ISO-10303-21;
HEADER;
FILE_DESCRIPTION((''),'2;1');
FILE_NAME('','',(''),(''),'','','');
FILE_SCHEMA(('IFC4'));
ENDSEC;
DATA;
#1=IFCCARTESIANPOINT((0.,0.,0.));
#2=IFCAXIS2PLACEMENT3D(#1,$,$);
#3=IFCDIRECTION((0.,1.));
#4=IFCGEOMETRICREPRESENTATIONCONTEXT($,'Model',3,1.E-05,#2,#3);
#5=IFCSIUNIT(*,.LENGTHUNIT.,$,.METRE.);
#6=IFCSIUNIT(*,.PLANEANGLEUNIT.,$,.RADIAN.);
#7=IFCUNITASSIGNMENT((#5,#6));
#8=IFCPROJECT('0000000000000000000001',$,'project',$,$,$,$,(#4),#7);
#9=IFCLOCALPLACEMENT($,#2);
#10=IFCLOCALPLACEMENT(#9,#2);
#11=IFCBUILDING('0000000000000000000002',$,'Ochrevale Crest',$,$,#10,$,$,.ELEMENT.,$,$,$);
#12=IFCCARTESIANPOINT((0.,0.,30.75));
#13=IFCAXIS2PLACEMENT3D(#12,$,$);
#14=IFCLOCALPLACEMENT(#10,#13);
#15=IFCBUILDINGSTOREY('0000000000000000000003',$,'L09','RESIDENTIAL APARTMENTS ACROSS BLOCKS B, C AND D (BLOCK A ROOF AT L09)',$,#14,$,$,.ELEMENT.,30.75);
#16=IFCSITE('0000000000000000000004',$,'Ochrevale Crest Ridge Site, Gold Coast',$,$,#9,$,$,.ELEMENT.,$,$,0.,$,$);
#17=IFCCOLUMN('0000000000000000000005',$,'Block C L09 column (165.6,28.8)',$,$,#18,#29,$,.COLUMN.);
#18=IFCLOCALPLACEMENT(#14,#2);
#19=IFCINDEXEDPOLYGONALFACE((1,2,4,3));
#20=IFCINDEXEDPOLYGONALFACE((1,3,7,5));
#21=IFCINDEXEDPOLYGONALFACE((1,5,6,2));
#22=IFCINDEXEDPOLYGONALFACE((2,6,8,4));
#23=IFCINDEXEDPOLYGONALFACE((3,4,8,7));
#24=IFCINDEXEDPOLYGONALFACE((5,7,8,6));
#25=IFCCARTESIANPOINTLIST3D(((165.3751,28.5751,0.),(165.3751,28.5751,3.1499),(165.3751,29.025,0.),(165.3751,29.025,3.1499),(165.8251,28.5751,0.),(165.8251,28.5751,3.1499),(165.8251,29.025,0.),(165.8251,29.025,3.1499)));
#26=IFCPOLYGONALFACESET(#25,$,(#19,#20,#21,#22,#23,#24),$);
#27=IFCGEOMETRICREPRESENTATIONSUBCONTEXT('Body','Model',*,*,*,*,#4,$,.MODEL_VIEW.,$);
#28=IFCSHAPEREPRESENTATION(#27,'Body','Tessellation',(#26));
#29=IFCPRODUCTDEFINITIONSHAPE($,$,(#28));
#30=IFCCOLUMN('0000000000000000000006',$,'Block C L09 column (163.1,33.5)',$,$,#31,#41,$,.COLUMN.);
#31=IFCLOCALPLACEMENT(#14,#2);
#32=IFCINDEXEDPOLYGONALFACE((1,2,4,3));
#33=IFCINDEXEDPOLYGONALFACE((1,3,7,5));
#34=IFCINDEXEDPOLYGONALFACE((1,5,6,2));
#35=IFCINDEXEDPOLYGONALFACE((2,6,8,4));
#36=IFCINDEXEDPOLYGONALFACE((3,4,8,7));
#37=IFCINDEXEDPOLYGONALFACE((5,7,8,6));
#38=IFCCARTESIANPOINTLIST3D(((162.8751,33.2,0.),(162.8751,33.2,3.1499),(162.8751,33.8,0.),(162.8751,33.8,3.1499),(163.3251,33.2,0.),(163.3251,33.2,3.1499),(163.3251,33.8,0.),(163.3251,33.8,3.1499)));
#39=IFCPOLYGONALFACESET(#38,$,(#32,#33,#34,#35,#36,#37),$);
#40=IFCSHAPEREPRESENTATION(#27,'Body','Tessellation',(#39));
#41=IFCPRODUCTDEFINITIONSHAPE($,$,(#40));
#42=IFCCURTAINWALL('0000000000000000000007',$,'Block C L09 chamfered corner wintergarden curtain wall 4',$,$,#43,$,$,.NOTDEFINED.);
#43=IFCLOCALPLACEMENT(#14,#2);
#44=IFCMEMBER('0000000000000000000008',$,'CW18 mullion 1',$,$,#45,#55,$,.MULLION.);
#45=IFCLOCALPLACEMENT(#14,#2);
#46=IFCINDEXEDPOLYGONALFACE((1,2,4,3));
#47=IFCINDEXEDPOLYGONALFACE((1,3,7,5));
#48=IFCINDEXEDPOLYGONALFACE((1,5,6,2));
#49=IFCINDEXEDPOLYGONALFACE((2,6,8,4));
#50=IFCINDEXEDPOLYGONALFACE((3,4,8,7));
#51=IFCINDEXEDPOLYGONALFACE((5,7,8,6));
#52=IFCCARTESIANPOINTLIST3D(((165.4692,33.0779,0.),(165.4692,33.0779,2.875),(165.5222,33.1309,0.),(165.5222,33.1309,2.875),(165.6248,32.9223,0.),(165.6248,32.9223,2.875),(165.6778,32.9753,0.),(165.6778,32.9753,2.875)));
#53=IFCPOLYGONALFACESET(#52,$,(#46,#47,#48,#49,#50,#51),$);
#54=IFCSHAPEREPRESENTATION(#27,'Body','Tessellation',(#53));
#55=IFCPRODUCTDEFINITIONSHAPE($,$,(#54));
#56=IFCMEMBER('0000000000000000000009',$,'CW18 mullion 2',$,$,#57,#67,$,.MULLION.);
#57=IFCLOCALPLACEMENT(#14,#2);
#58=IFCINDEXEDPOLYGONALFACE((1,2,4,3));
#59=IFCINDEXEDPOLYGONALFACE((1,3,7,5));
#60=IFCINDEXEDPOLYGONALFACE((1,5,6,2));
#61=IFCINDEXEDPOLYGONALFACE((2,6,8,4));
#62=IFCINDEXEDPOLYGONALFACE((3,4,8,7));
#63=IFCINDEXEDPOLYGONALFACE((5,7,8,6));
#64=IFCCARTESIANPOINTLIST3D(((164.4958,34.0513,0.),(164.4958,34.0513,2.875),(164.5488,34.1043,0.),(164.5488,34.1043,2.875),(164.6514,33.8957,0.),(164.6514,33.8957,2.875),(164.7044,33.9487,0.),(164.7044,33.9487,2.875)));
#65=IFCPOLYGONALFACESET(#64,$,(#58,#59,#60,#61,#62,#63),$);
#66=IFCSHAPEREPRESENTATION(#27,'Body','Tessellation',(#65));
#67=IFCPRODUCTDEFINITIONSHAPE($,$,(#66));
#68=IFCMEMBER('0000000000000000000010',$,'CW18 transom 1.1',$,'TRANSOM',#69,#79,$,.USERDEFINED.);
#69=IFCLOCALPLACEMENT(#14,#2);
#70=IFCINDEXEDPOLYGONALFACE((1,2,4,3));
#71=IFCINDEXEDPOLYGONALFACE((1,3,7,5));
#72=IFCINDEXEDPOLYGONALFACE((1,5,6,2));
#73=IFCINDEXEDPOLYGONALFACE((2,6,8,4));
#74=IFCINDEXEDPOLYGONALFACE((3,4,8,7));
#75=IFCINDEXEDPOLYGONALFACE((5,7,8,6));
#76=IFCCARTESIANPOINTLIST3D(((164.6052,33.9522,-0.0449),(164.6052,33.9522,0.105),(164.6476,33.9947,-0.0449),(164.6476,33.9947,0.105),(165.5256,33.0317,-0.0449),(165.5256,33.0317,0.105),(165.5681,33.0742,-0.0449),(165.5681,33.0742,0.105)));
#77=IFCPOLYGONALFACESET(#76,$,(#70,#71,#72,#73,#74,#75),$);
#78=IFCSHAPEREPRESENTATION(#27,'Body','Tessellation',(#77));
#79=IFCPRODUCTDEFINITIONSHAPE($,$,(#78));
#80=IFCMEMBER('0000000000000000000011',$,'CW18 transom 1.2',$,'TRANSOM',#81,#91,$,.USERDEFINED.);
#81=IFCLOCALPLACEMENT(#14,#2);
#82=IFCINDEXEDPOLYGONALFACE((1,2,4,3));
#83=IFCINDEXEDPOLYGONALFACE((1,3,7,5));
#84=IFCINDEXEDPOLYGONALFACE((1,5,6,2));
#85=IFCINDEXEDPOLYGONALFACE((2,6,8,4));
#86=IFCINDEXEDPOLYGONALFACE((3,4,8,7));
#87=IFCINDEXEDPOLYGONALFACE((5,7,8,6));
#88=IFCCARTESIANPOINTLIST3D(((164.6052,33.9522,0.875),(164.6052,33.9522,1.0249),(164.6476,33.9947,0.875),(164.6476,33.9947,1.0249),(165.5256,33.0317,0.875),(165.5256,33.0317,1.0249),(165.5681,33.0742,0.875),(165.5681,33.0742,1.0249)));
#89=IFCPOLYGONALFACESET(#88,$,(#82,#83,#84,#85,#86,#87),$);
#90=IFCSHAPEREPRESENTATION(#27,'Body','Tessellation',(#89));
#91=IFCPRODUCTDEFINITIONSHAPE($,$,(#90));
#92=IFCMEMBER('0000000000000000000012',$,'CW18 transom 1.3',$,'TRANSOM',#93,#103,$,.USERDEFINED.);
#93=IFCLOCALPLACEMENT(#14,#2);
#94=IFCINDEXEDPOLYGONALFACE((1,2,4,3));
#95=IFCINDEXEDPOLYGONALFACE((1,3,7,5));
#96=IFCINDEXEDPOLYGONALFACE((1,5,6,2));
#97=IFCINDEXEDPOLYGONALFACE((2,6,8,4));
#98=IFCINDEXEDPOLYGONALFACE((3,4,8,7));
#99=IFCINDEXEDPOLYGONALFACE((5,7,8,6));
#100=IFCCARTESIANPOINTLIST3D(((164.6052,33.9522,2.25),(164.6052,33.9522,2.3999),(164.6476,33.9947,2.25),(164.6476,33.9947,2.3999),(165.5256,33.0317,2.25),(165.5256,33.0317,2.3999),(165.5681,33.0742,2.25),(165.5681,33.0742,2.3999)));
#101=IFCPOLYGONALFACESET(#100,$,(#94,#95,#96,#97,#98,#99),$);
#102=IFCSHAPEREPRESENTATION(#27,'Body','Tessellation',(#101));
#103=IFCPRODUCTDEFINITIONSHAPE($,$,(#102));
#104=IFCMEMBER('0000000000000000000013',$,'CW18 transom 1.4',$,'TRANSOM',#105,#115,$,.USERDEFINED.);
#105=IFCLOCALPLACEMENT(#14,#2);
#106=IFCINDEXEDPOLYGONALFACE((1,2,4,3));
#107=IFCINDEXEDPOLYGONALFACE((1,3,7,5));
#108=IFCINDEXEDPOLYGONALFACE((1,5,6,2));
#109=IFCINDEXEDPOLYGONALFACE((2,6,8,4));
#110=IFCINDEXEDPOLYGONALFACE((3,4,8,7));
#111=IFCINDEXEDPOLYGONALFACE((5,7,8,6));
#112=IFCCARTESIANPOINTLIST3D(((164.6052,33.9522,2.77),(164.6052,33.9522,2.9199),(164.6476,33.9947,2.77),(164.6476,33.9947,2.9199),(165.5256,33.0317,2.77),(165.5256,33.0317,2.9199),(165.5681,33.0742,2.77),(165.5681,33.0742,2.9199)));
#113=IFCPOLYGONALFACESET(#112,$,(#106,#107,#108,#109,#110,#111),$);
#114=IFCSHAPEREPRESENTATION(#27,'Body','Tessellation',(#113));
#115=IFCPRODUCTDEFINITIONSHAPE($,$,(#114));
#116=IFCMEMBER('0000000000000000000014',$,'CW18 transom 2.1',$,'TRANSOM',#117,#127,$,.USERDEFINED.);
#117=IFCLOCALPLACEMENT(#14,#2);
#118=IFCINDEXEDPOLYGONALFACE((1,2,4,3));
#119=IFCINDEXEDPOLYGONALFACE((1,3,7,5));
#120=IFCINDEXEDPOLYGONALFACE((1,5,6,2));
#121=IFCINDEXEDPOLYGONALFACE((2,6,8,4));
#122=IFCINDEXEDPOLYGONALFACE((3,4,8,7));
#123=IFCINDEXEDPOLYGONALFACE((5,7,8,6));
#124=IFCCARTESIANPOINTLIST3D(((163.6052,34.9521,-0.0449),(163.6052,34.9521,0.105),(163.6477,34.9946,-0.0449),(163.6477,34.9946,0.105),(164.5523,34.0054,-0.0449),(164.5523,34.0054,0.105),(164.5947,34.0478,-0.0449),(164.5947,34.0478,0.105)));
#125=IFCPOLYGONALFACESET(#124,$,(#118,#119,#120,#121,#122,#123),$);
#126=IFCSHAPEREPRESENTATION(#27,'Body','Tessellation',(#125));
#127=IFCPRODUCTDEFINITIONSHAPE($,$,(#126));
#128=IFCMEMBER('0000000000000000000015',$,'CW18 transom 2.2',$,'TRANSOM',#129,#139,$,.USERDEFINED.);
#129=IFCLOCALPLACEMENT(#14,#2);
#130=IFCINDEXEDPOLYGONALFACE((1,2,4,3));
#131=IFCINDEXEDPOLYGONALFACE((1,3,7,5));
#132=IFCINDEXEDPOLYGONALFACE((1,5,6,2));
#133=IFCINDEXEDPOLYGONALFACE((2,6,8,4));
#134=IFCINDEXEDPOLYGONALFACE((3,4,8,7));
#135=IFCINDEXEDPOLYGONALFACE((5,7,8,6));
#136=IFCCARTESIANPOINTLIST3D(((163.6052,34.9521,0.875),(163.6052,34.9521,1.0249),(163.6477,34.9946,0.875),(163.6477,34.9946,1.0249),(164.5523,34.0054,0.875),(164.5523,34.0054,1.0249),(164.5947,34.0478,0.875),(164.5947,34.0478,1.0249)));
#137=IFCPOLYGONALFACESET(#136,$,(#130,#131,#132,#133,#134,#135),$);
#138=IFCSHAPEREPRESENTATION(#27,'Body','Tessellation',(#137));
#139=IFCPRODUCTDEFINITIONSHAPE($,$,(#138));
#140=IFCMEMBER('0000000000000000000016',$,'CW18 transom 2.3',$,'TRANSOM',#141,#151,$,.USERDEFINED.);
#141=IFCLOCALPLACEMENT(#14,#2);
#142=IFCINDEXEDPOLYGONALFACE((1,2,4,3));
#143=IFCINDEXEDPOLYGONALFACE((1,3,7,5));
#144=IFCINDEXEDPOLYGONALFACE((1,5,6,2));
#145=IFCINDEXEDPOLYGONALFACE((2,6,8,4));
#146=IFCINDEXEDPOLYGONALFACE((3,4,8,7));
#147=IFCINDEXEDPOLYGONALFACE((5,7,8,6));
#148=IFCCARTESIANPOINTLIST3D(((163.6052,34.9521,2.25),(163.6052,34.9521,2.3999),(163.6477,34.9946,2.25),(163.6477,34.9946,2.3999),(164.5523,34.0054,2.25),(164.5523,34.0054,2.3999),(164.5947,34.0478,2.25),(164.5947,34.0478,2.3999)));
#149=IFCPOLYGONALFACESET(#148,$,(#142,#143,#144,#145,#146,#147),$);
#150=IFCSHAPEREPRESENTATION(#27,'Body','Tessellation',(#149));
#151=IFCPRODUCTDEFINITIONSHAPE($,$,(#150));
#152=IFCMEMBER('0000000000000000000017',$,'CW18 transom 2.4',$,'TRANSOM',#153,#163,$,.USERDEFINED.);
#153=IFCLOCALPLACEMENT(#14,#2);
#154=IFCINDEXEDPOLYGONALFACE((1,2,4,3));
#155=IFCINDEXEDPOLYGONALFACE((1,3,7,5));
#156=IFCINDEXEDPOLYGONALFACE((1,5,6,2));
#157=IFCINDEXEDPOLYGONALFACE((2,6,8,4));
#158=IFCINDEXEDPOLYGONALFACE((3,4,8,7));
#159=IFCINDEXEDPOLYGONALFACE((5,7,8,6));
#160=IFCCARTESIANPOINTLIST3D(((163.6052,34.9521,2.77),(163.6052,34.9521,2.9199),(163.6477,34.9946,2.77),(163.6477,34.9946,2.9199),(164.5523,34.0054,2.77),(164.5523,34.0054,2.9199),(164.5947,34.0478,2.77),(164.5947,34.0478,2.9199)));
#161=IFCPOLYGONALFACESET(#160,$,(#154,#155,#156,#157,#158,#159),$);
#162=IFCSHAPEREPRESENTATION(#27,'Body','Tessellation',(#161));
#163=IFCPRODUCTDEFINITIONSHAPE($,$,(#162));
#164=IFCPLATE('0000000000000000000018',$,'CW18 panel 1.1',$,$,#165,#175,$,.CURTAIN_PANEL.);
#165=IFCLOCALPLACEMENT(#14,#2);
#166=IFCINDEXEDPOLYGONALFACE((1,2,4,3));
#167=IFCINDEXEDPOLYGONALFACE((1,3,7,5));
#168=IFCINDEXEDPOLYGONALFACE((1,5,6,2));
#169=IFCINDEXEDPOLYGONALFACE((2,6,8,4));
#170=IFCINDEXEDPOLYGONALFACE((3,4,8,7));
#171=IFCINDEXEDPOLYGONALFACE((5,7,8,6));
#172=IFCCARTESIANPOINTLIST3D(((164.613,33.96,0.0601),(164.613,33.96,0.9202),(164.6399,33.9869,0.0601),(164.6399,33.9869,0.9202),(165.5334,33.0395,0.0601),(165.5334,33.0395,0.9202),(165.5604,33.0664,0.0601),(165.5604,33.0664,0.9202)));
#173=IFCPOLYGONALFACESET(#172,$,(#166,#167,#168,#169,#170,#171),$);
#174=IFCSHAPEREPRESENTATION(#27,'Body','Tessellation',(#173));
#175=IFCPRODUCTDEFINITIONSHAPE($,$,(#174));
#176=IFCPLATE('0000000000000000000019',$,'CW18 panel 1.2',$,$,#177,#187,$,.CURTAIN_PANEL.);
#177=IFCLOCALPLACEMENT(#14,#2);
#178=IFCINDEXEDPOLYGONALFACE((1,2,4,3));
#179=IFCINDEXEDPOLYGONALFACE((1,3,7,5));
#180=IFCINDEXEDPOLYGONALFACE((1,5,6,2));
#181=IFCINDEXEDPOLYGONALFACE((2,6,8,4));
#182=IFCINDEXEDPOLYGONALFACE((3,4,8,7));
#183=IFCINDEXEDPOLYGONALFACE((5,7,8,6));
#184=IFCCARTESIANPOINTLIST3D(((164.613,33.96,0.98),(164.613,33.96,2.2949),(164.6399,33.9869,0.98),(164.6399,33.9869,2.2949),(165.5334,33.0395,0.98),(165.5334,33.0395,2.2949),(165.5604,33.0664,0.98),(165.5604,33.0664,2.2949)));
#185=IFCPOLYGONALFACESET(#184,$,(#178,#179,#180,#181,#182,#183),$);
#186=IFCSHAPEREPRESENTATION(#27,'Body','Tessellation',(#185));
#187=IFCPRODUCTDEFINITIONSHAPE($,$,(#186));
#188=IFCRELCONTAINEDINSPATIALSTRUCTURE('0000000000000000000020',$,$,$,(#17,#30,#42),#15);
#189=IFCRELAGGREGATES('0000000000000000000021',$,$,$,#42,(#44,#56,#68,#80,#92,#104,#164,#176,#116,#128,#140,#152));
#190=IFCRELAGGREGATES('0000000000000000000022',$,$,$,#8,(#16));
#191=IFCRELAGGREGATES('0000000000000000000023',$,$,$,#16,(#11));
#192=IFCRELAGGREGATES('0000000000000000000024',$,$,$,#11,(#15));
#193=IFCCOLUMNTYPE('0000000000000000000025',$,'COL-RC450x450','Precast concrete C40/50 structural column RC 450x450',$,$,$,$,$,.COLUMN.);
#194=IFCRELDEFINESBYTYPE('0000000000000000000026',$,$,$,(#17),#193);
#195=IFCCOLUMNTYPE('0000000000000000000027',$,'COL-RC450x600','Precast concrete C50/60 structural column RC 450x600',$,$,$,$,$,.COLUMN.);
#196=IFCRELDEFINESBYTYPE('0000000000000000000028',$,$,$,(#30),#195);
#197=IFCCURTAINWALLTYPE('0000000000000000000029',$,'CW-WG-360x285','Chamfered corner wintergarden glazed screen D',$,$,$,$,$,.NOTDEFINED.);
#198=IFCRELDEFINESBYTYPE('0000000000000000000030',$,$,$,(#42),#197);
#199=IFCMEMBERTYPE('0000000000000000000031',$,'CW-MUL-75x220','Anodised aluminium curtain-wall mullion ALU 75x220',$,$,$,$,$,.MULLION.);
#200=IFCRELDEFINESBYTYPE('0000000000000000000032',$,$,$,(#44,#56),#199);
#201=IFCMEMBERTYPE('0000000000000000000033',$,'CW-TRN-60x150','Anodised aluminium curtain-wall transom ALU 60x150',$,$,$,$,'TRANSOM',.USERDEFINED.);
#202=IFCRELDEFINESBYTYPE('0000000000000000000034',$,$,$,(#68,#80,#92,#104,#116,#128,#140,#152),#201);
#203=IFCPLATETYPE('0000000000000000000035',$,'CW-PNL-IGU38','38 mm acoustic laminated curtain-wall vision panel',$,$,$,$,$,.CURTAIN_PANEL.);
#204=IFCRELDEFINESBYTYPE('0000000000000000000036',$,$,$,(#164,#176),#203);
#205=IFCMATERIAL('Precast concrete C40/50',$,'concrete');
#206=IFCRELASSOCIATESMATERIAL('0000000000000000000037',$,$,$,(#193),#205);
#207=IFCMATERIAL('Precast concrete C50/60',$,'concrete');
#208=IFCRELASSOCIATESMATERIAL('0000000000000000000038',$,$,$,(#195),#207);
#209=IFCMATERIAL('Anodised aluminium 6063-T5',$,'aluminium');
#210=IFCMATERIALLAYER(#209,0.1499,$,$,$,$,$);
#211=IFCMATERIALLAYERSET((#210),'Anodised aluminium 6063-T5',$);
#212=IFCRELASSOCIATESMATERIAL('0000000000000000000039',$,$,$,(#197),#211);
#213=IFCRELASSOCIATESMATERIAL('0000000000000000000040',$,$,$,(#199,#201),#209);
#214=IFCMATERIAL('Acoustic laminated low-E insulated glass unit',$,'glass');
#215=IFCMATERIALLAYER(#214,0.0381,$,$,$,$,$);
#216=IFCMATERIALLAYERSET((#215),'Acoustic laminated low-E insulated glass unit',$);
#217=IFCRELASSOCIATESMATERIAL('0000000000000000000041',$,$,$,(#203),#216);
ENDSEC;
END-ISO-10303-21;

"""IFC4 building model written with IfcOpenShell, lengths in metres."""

from ifc_helpers import new_model, si_unit, direction, frame, origin, origin_2d, place, context, subcontext, project, spatial, rectangle, extrude, material, layer, layer_set, material_profile, profile_set, type_object, element, aggregate, save


model = new_model("IFC4")

# Units and contexts
model_context = context("Model", 3, precision=1e-05, world=origin(), true_north=direction((0.0, 1.0)))
body_context = subcontext(model_context, "Body", "Model", "MODEL_VIEW")
ifc_project = project(units=[si_unit("LENGTHUNIT", "METRE"), si_unit("PLANEANGLEUNIT", "RADIAN")], contexts=[model_context])

# Site, building, storey
site_placement = place(None, origin())
site = spatial("IfcSite", under=ifc_project, at=site_placement, Name="Ochrevale Crest Ridge Site, Gold Coast", CompositionType="ELEMENT", RefElevation=0.0)
building_placement = place(site_placement, origin())
building = spatial("IfcBuilding", under=site, at=building_placement, Name="Ochrevale Crest", CompositionType="ELEMENT")
storey_placement = place(building_placement, frame((0.0, 0.0, 30.75)))
storey = spatial("IfcBuildingStorey", under=building, at=storey_placement, Name="L09", Description="RESIDENTIAL APARTMENTS ACROSS BLOCKS B, C AND D (BLOCK A ROOF AT L09)", CompositionType="ELEMENT", Elevation=30.75)

# Columns
ifc_material_1 = material(Name="Precast concrete C40/50", Category="concrete")
ifc_material_profile_1 = material_profile(ifc_material_1, rectangle(XDim=0.45, YDim=0.45, at=origin_2d()), Name="RC 450x450")
ifc_profile_set_1 = profile_set([ifc_material_profile_1], Name="Precast concrete C40/50")
column_type_1 = type_object("IfcColumnType", Name="COL-RC450x450", Description="Precast concrete C40/50 structural column RC 450x450", PredefinedType="COLUMN", material=ifc_profile_set_1)
column_1_placement = place(storey_placement, frame((165.6001, 28.8, 0.0), z_axis=(0.0, 0.0, 1.0), x_axis=(1.0, 0.0, 0.0)))
element("IfcColumn", 1, at=column_1_placement, inside=storey, type_object=column_type_1, Name="Block C L09 column (165.6,28.8)", PredefinedType="COLUMN", context=body_context, shape_type="SweptSolid", body=[
    extrude(rectangle(XDim=0.45, YDim=0.45, at=origin_2d()), origin(), (0.0, 0.0, 1.0), 3.1499),
])
ifc_material_2 = material(Name="Precast concrete C50/60", Category="concrete")
ifc_material_profile_2 = material_profile(ifc_material_2, rectangle(XDim=0.45, YDim=0.6001, at=origin_2d()), Name="RC 450x600")
ifc_profile_set_2 = profile_set([ifc_material_profile_2], Name="Precast concrete C50/60")
column_type_2 = type_object("IfcColumnType", Name="COL-RC450x600", Description="Precast concrete C50/60 structural column RC 450x600", PredefinedType="COLUMN", material=ifc_profile_set_2)
column_2_placement = place(storey_placement, frame((163.1001, 33.5, 0.0), z_axis=(0.0, 0.0, 1.0), x_axis=(1.0, 0.0, 0.0)))
element("IfcColumn", 2, at=column_2_placement, inside=storey, type_object=column_type_2, Name="Block C L09 column (163.1,33.5)", PredefinedType="COLUMN", context=body_context, shape_type="SweptSolid", body=[
    extrude(rectangle(XDim=0.45, YDim=0.6001, at=origin_2d()), origin(), (0.0, 0.0, 1.0), 3.1499),
])

# Curtain wall, members, plates
ifc_material_3 = material(Name="Anodised aluminium 6063-T5", Category="aluminium")
ifc_layer_1 = layer(ifc_material_3, 0.1499)
ifc_layer_set_1 = layer_set([ifc_layer_1], Name="Anodised aluminium 6063-T5")
curtain_wall_type = type_object("IfcCurtainWallType", Name="CW-WG-360x285", Description="Chamfered corner wintergarden glazed screen D", PredefinedType="NOTDEFINED", material=ifc_layer_set_1)
curtain_wall_placement = place(storey_placement, origin())
curtain_wall = element("IfcCurtainWall", 3, at=curtain_wall_placement, inside=storey, type_object=curtain_wall_type, Name="Block C L09 chamfered corner wintergarden curtain wall 4", PredefinedType="NOTDEFINED")
ifc_material_profile_3 = material_profile(ifc_material_3, rectangle(XDim=0.075, YDim=0.22, at=origin_2d()), Name="ALU 75x220")
ifc_profile_set_3 = profile_set([ifc_material_profile_3], Name="Anodised aluminium 6063-T5")
member_type_1 = type_object("IfcMemberType", Name="CW-MUL-75x220", Description="Anodised aluminium curtain-wall mullion ALU 75x220", PredefinedType="MULLION", material=ifc_profile_set_3)
member_1_placement = place(storey_placement, frame((165.5735, 33.0266, 0.0), z_axis=(0.0, 0.0, 1.0), x_axis=(-0.707107, -0.707107, 0.0)))
member_1 = element("IfcMember", 4, at=member_1_placement, type_object=member_type_1, Name="CW18 mullion 1", PredefinedType="MULLION", context=body_context, shape_type="SweptSolid", body=[
    extrude(rectangle(XDim=0.075, YDim=0.22, at=origin_2d()), origin(), (0.0, 0.0, 1.0), 2.875),
])
member_2_placement = place(storey_placement, frame((164.6001, 34.0, 0.0), z_axis=(0.0, 0.0, 1.0), x_axis=(-0.707107, -0.707107, 0.0)))
member_2 = element("IfcMember", 5, at=member_2_placement, type_object=member_type_1, Name="CW18 mullion 2", PredefinedType="MULLION", context=body_context, shape_type="SweptSolid", body=[
    extrude(rectangle(XDim=0.075, YDim=0.22, at=origin_2d()), origin(), (0.0, 0.0, 1.0), 2.875),
])
ifc_material_profile_4 = material_profile(ifc_material_3, rectangle(XDim=0.0601, YDim=0.1499, at=origin_2d()), Name="ALU 60x150")
ifc_profile_set_4 = profile_set([ifc_material_profile_4], Name="Anodised aluminium 6063-T5")
member_type_2 = type_object("IfcMemberType", Name="CW-TRN-60x150", Description="Anodised aluminium curtain-wall transom ALU 60x150", ElementType="TRANSOM", PredefinedType="USERDEFINED", material=ifc_profile_set_4)
member_3_placement = place(storey_placement, frame((165.5469, 33.053, 0.03), z_axis=(-0.707107, 0.707107, 0.0), x_axis=(-0.707107, -0.707107, 0.0)))
member_3 = element("IfcMember", 6, at=member_3_placement, type_object=member_type_2, Name="CW18 transom 1.1", ObjectType="TRANSOM", PredefinedType="USERDEFINED", context=body_context, shape_type="SweptSolid", body=[
    extrude(rectangle(XDim=0.0601, YDim=0.1499, at=origin_2d()), origin(), (0.0, 0.0, 1.0), 1.3018),
])
member_4_placement = place(storey_placement, frame((165.5469, 33.053, 0.95), z_axis=(-0.707107, 0.707107, 0.0), x_axis=(-0.707107, -0.707107, 0.0)))
member_4 = element("IfcMember", 7, at=member_4_placement, type_object=member_type_2, Name="CW18 transom 1.2", ObjectType="TRANSOM", PredefinedType="USERDEFINED", context=body_context, shape_type="SweptSolid", body=[
    extrude(rectangle(XDim=0.0601, YDim=0.1499, at=origin_2d()), origin(), (0.0, 0.0, 1.0), 1.3018),
])
member_5_placement = place(storey_placement, frame((165.5469, 33.053, 2.325), z_axis=(-0.707107, 0.707107, 0.0), x_axis=(-0.707107, -0.707107, 0.0)))
member_5 = element("IfcMember", 8, at=member_5_placement, type_object=member_type_2, Name="CW18 transom 1.3", ObjectType="TRANSOM", PredefinedType="USERDEFINED", context=body_context, shape_type="SweptSolid", body=[
    extrude(rectangle(XDim=0.0601, YDim=0.1499, at=origin_2d()), origin(), (0.0, 0.0, 1.0), 1.3018),
])
member_6_placement = place(storey_placement, frame((165.5469, 33.053, 2.845), z_axis=(-0.707107, 0.707107, 0.0), x_axis=(-0.707107, -0.707107, 0.0)))
member_6 = element("IfcMember", 9, at=member_6_placement, type_object=member_type_2, Name="CW18 transom 1.4", ObjectType="TRANSOM", PredefinedType="USERDEFINED", context=body_context, shape_type="SweptSolid", body=[
    extrude(rectangle(XDim=0.0601, YDim=0.1499, at=origin_2d()), origin(), (0.0, 0.0, 1.0), 1.3018),
])
member_7_placement = place(storey_placement, frame((164.5735, 34.0266, 0.03), z_axis=(-0.707198, 0.707016, 0.0), x_axis=(-0.707016, -0.707198, 0.0)))
member_7 = element("IfcMember", 10, at=member_7_placement, type_object=member_type_2, Name="CW18 transom 2.1", ObjectType="TRANSOM", PredefinedType="USERDEFINED", context=body_context, shape_type="SweptSolid", body=[
    extrude(rectangle(XDim=0.0601, YDim=0.1499, at=origin_2d()), origin(), (0.0, 0.0, 1.0), 1.3391),
])
member_8_placement = place(storey_placement, frame((164.5735, 34.0266, 0.95), z_axis=(-0.707198, 0.707016, 0.0), x_axis=(-0.707016, -0.707198, 0.0)))
member_8 = element("IfcMember", 11, at=member_8_placement, type_object=member_type_2, Name="CW18 transom 2.2", ObjectType="TRANSOM", PredefinedType="USERDEFINED", context=body_context, shape_type="SweptSolid", body=[
    extrude(rectangle(XDim=0.0601, YDim=0.1499, at=origin_2d()), origin(), (0.0, 0.0, 1.0), 1.3391),
])
member_9_placement = place(storey_placement, frame((164.5735, 34.0266, 2.325), z_axis=(-0.707198, 0.707016, 0.0), x_axis=(-0.707016, -0.707198, 0.0)))
member_9 = element("IfcMember", 12, at=member_9_placement, type_object=member_type_2, Name="CW18 transom 2.3", ObjectType="TRANSOM", PredefinedType="USERDEFINED", context=body_context, shape_type="SweptSolid", body=[
    extrude(rectangle(XDim=0.0601, YDim=0.1499, at=origin_2d()), origin(), (0.0, 0.0, 1.0), 1.3391),
])
member_10_placement = place(storey_placement, frame((164.5735, 34.0266, 2.845), z_axis=(-0.707198, 0.707016, 0.0), x_axis=(-0.707016, -0.707198, 0.0)))
member_10 = element("IfcMember", 13, at=member_10_placement, type_object=member_type_2, Name="CW18 transom 2.4", ObjectType="TRANSOM", PredefinedType="USERDEFINED", context=body_context, shape_type="SweptSolid", body=[
    extrude(rectangle(XDim=0.0601, YDim=0.1499, at=origin_2d()), origin(), (0.0, 0.0, 1.0), 1.3391),
])
ifc_material_4 = material(Name="Acoustic laminated low-E insulated glass unit", Category="glass")
ifc_layer_2 = layer(ifc_material_4, 0.0381)
ifc_layer_set_2 = layer_set([ifc_layer_2], Name="Acoustic laminated low-E insulated glass unit")
plate_type = type_object("IfcPlateType", Name="CW-PNL-IGU38", Description="38 mm acoustic laminated curtain-wall vision panel", PredefinedType="CURTAIN_PANEL", material=ifc_layer_set_2)
plate_1_placement = place(storey_placement, frame((165.0867, 33.5132, 0.0601), z_axis=(0.0, 0.0, 1.0), x_axis=(-0.707107, 0.707107, 0.0)))
plate_1 = element("IfcPlate", 14, at=plate_1_placement, type_object=plate_type, Name="CW18 panel 1.1", PredefinedType="CURTAIN_PANEL", context=body_context, shape_type="SweptSolid", body=[
    extrude(rectangle(XDim=1.3018, YDim=0.0381, at=origin_2d()), origin(), (0.0, 0.0, 1.0), 0.8601),
])
plate_2_placement = place(storey_placement, frame((165.0867, 33.5132, 0.98), z_axis=(0.0, 0.0, 1.0), x_axis=(-0.707107, 0.707107, 0.0)))
plate_2 = element("IfcPlate", 15, at=plate_2_placement, type_object=plate_type, Name="CW18 panel 1.2", PredefinedType="CURTAIN_PANEL", context=body_context, shape_type="SweptSolid", body=[
    extrude(rectangle(XDim=1.3018, YDim=0.0381, at=origin_2d()), origin(), (0.0, 0.0, 1.0), 1.3149),
])
aggregate(curtain_wall, [member_1, member_2, member_3, member_4, member_5, member_6, plate_1, plate_2, member_7, member_8, member_9, member_10])

save(model, "model.ifc")
